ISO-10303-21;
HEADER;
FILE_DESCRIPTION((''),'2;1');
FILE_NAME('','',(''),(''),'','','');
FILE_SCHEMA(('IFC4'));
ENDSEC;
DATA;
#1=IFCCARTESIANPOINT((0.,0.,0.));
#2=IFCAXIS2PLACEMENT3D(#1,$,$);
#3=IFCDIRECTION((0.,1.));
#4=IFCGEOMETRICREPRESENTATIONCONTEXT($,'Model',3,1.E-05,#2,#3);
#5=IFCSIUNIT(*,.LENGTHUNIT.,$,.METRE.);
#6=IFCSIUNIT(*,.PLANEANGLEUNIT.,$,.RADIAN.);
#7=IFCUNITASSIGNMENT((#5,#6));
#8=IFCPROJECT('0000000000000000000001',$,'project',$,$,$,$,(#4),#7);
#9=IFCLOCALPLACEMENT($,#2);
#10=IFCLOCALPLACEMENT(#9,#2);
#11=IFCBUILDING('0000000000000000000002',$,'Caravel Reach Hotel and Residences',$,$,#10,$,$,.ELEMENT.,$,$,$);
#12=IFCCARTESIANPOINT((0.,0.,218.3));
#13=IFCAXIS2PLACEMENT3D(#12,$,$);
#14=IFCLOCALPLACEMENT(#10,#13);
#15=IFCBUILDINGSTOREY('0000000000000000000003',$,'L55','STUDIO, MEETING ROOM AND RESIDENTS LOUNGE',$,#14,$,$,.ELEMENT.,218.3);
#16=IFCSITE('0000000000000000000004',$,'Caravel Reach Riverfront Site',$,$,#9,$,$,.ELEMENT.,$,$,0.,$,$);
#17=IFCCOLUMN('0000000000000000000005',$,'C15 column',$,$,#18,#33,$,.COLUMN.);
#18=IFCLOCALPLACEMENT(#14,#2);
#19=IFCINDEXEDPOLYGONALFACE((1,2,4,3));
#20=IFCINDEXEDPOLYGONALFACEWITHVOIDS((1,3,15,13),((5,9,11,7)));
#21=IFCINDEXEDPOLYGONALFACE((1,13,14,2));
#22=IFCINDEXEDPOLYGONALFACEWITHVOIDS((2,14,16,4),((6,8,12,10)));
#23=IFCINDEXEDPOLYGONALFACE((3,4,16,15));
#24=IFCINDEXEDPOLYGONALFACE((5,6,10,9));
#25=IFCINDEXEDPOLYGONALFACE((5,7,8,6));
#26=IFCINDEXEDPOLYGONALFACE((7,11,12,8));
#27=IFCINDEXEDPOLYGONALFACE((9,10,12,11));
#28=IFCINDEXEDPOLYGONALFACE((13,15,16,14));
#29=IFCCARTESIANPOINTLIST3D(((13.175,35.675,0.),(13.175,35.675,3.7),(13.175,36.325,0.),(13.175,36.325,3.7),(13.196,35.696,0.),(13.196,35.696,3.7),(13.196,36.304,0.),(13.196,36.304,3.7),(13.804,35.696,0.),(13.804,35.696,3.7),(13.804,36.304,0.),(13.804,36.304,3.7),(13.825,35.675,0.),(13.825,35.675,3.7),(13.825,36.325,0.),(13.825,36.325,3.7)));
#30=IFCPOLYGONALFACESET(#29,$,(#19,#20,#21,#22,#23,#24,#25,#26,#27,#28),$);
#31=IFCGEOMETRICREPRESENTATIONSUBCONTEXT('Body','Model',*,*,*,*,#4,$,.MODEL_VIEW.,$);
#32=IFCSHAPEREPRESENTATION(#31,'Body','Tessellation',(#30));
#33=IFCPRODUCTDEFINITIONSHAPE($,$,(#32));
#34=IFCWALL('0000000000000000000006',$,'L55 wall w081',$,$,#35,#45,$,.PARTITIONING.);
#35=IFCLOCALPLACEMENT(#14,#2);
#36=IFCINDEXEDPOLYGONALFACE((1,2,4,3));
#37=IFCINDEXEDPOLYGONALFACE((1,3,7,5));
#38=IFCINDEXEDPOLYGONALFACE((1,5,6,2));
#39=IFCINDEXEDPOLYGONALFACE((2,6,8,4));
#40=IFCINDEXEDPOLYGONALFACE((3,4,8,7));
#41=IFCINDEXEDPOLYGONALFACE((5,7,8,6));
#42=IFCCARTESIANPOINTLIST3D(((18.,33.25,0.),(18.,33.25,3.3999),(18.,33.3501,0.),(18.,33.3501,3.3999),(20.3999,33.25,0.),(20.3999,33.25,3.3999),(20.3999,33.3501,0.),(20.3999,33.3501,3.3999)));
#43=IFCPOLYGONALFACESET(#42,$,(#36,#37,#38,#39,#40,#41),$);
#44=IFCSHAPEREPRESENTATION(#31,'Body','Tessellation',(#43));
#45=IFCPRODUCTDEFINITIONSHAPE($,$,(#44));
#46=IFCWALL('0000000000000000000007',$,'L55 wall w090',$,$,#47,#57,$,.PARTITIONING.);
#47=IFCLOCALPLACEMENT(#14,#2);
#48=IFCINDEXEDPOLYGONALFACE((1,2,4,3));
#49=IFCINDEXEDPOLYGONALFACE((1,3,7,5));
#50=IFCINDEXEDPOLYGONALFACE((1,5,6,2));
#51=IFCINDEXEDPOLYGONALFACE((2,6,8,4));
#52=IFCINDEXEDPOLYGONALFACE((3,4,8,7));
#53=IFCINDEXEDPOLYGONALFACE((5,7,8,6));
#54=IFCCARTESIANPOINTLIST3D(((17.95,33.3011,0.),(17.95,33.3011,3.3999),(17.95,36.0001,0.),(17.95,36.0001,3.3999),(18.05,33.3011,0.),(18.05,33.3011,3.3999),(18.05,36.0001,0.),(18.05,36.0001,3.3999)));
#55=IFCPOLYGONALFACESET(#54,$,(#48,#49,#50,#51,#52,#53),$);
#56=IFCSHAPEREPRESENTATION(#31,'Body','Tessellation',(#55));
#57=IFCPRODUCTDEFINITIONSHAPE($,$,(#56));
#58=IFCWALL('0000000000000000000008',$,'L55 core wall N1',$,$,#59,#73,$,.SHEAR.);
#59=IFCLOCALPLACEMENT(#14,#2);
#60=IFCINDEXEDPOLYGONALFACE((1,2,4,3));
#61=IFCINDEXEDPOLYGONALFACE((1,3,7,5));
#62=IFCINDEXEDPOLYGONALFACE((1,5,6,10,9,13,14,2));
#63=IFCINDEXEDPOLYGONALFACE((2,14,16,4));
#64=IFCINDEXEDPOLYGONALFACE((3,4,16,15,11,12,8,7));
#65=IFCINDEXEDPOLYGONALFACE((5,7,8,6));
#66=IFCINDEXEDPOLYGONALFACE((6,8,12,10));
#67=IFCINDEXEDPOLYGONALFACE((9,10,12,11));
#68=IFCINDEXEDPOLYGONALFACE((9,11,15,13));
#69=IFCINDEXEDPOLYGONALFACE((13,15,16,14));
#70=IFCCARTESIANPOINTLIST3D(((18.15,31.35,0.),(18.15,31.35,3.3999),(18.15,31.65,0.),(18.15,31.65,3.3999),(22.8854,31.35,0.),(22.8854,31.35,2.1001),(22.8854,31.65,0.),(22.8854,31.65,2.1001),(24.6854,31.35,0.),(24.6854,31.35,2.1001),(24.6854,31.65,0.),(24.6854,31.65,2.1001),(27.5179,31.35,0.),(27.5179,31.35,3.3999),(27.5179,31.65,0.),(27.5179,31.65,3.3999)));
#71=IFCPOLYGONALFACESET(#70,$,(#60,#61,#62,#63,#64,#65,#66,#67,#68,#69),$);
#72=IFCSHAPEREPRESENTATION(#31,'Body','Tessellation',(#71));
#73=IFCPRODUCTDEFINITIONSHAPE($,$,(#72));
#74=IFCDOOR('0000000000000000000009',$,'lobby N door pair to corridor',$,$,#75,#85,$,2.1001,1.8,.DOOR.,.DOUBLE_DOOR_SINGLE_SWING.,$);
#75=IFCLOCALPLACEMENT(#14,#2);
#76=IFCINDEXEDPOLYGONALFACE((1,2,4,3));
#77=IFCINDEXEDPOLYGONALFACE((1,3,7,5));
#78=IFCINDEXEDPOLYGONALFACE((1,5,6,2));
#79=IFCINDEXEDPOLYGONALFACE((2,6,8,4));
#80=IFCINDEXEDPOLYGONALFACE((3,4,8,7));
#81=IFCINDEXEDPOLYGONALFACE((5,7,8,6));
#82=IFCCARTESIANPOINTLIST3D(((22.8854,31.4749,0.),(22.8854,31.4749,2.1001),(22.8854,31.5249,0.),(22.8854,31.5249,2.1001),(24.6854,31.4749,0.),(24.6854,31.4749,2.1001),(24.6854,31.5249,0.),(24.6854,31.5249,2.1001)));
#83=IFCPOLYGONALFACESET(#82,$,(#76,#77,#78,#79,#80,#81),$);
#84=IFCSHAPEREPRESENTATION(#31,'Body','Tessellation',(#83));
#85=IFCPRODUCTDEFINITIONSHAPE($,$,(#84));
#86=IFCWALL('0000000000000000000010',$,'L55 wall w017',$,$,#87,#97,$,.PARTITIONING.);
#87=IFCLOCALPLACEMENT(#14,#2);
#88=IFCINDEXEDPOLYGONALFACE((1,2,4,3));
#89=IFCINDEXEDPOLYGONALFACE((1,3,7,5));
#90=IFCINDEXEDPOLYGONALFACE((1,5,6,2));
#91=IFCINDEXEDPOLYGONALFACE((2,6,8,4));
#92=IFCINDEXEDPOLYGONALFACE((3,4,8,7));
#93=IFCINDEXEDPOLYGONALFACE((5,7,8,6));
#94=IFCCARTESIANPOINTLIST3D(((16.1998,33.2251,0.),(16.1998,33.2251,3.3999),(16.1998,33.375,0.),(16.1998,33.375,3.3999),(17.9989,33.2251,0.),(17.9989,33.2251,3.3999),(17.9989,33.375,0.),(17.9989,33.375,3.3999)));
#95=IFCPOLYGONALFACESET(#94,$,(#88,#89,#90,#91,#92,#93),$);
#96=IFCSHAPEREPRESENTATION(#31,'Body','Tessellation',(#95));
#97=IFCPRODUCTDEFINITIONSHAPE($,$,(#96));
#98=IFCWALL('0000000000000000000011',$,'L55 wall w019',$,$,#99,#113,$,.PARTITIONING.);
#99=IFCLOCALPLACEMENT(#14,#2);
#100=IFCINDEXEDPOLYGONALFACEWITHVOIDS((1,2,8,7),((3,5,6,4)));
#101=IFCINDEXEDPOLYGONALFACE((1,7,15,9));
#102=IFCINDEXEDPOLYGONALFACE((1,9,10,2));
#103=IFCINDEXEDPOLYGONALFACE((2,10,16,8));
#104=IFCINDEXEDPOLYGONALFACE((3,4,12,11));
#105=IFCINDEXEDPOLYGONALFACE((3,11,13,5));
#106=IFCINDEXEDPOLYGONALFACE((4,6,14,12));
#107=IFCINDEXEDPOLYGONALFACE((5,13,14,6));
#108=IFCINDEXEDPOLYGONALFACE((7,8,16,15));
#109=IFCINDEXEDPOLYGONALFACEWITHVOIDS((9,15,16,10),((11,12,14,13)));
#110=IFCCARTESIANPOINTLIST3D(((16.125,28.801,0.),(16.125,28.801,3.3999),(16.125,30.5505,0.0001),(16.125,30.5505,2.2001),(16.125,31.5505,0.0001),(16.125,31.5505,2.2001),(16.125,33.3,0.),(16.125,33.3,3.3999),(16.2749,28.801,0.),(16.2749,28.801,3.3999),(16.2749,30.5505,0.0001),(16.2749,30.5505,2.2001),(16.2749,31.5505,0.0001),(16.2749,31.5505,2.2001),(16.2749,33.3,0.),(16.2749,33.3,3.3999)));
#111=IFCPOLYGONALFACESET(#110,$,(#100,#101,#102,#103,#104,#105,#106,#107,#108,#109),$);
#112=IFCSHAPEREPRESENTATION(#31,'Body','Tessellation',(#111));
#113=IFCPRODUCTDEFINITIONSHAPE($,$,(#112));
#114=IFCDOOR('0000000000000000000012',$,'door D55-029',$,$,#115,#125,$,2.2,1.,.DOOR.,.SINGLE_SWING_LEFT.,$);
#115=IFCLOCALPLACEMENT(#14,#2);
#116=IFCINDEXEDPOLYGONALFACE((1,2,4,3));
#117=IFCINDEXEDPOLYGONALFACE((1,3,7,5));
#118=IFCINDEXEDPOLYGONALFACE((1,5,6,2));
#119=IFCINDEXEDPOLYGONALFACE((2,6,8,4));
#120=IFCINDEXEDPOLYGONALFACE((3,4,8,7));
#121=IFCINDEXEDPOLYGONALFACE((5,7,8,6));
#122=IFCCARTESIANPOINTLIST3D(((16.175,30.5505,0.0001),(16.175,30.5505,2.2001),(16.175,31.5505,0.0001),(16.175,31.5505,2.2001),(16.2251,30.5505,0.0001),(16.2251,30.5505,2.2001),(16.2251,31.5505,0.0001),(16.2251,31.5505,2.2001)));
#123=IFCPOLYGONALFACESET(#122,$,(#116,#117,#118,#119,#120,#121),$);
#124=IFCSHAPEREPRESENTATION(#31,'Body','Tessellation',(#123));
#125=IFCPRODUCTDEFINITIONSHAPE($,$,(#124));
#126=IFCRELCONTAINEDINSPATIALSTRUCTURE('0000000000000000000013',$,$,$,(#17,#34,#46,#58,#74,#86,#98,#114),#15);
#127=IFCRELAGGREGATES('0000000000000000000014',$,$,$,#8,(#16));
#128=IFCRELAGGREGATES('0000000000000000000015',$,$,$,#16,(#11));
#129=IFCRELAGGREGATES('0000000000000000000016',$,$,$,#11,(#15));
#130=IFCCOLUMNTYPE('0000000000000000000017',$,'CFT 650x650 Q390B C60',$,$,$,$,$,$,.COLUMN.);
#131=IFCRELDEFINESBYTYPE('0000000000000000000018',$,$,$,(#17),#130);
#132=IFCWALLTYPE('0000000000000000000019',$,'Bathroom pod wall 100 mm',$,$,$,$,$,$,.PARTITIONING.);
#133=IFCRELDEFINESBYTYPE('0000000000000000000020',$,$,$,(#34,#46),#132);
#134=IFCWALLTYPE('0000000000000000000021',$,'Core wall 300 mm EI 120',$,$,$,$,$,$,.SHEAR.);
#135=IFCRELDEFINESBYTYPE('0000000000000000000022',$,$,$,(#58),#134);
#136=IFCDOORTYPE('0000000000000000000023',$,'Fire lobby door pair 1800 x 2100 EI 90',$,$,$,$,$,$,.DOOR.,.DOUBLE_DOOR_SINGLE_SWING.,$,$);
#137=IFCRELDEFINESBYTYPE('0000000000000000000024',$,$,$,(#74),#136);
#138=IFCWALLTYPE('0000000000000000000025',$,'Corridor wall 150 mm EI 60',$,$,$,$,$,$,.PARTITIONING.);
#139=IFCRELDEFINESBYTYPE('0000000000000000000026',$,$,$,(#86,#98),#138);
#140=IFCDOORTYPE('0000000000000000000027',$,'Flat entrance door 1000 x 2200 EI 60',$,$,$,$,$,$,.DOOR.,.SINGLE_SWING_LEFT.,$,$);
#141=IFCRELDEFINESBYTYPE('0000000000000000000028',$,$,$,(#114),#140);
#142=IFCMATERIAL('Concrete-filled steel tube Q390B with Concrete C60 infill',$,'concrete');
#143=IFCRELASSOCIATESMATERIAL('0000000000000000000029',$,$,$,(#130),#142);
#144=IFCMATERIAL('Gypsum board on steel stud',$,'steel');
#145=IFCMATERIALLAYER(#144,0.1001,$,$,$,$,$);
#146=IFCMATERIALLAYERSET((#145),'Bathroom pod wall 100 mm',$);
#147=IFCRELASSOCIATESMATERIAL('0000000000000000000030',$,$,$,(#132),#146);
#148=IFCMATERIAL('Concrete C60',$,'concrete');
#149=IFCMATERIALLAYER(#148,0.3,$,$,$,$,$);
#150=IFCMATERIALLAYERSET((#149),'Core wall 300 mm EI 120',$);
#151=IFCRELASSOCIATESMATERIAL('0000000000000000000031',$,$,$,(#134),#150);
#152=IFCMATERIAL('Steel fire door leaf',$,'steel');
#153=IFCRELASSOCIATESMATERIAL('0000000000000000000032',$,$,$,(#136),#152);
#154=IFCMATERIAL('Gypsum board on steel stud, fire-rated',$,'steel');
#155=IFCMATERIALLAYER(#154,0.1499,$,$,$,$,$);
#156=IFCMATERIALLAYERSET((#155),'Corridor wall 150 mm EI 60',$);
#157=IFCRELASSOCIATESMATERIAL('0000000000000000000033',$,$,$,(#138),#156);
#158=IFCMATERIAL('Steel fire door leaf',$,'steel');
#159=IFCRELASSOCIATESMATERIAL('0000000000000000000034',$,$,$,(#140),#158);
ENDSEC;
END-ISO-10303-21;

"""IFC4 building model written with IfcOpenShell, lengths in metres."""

from ifc_helpers import new_model, si_unit, direction, frame, frame_2d, origin, origin_2d, place, context, subcontext, project, spatial, rectangle, hollow_rectangle, extrude, material, layer, layer_set, material_profile, profile_set, type_object, element, fill, save


model = new_model("IFC4")

# Units and contexts
model_context = context("Model", 3, precision=1e-05, world=origin(), true_north=direction((0.0, 1.0)))
body_context = subcontext(model_context, "Body", "Model", "MODEL_VIEW")
ifc_project = project(units=[si_unit("LENGTHUNIT", "METRE"), si_unit("PLANEANGLEUNIT", "RADIAN")], contexts=[model_context])

# Site, building, storey
site_placement = place(None, origin())
site = spatial("IfcSite", under=ifc_project, at=site_placement, Name="Caravel Reach Riverfront Site", CompositionType="ELEMENT", RefElevation=0.0)
building_placement = place(site_placement, origin())
building = spatial("IfcBuilding", under=site, at=building_placement, Name="Caravel Reach Hotel and Residences", CompositionType="ELEMENT")
storey_placement = place(building_placement, frame((0.0, 0.0, 218.3)))
storey = spatial("IfcBuildingStorey", under=building, at=storey_placement, Name="L55", Description="STUDIO, MEETING ROOM AND RESIDENTS LOUNGE", CompositionType="ELEMENT", Elevation=218.3)

# Column
ifc_material_1 = material(Name="Concrete-filled steel tube Q390B with Concrete C60 infill", Category="concrete")
ifc_material_profile = material_profile(ifc_material_1, hollow_rectangle(XDim=0.6499, YDim=0.6499, WallThickness=0.021, at=origin_2d()), Name="RHS 650x650x21")
ifc_profile_set = profile_set([ifc_material_profile], Name="Concrete-filled steel tube Q390B with Concrete C60 infill")
column_type = type_object("IfcColumnType", Name="CFT 650x650 Q390B C60", PredefinedType="COLUMN", material=ifc_profile_set)
column_placement = place(storey_placement, frame((13.5, 36.0, 0.0), z_axis=(0.0, 0.0, 1.0), x_axis=(1.0, 0.0, 0.0)))
element("IfcColumn", 1, at=column_placement, inside=storey, type_object=column_type, Name="C15 column", PredefinedType="COLUMN", context=body_context, shape_type="SweptSolid", body=[
    extrude(hollow_rectangle(XDim=0.6499, YDim=0.6499, WallThickness=0.021, at=origin_2d()), origin(), (0.0, 0.0, 1.0), 3.7),
])

# Walls
ifc_material_2 = material(Name="Gypsum board on steel stud", Category="steel")
ifc_layer_1 = layer(ifc_material_2, 0.1001)
ifc_layer_set_1 = layer_set([ifc_layer_1], Name="Bathroom pod wall 100 mm")
wall_type_1 = type_object("IfcWallType", Name="Bathroom pod wall 100 mm", PredefinedType="PARTITIONING", material=ifc_layer_set_1)
wall_1_placement = place(storey_placement, frame((18.0, 33.3, 0.0), z_axis=(0.0, 0.0, 1.0), x_axis=(1.0, 0.0, 0.0)))
element("IfcWall", 2, at=wall_1_placement, inside=storey, type_object=wall_type_1, Name="L55 wall w081", PredefinedType="PARTITIONING", context=body_context, shape_type="SweptSolid", body=[
    extrude(rectangle(XDim=2.3999, YDim=0.1001, at=frame_2d((1.2, 0.0))), origin(), (0.0, 0.0, 1.0), 3.3999),
])
wall_2_placement = place(storey_placement, frame((18.0, 33.301, 0.0), z_axis=(0.0, 0.0, 1.0), x_axis=(0.0, 1.0, 0.0)))
element("IfcWall", 3, at=wall_2_placement, inside=storey, type_object=wall_type_1, Name="L55 wall w090", PredefinedType="PARTITIONING", context=body_context, shape_type="SweptSolid", body=[
    extrude(rectangle(XDim=2.699, YDim=0.1001, at=frame_2d((1.3496, 0.0))), origin(), (0.0, 0.0, 1.0), 3.3999),
])

# Wall, opening, door
ifc_material_3 = material(Name="Concrete C60", Category="concrete")
ifc_layer_2 = layer(ifc_material_3, 0.3)
ifc_layer_set_2 = layer_set([ifc_layer_2], Name="Core wall 300 mm EI 120")
wall_type_2 = type_object("IfcWallType", Name="Core wall 300 mm EI 120", PredefinedType="SHEAR", material=ifc_layer_set_2)
wall_3_placement = place(storey_placement, frame((18.1499, 31.5, 0.0), z_axis=(0.0, 0.0, 1.0), x_axis=(1.0, 0.0, 0.0)))
wall_3 = element("IfcWall", 4, at=wall_3_placement, inside=storey, type_object=wall_type_2, Name="L55 core wall N1", PredefinedType="SHEAR", context=body_context, shape_type="SweptSolid", body=[
    extrude(rectangle(XDim=9.3679, YDim=0.3, at=frame_2d((4.6841, 0.0))), origin(), (0.0, 0.0, 1.0), 3.3999),
])
opening_1_placement = place(wall_3_placement, frame((4.7356, 0.0, 0.0)))
opening_1 = element("IfcOpeningElement", 5, at=opening_1_placement, cuts=wall_3, PredefinedType="OPENING", context=body_context, shape_type="SweptSolid", body=[
    extrude(rectangle(XDim=1.8, YDim=2.1001, at=frame_2d((0.8999, 1.05))), frame((0.0, 0.1599, 0.0), z_axis=(0.0, -1.0, 0.0), x_axis=(1.0, 0.0, 0.0)), (0.0, 0.0, 1.0), 0.3201),
])
ifc_material_4 = material(Name="Steel fire door leaf", Category="steel")
door_type_1 = type_object("IfcDoorType", Name="Fire lobby door pair 1800 x 2100 EI 90", OperationType="DOUBLE_DOOR_SINGLE_SWING", PredefinedType="DOOR", material=ifc_material_4)
door_1_placement = place(opening_1_placement, origin())
door_1 = element("IfcDoor", 6, at=door_1_placement, inside=storey, type_object=door_type_1, Name="lobby N door pair to corridor", OperationType="DOUBLE_DOOR_SINGLE_SWING", OverallHeight=2.1001, OverallWidth=1.8, PredefinedType="DOOR", context=body_context, shape_type="SweptSolid", body=[
    extrude(rectangle(XDim=1.8, YDim=2.1001, at=frame_2d((0.8999, 1.05))), frame((0.0, 0.0249, 0.0), z_axis=(0.0, -1.0, 0.0), x_axis=(1.0, 0.0, 0.0)), (0.0, 0.0, 1.0), 0.05),
])
fill(opening_1, door_1)

# Wall
ifc_material_5 = material(Name="Gypsum board on steel stud, fire-rated", Category="steel")
ifc_layer_3 = layer(ifc_material_5, 0.1499)
ifc_layer_set_3 = layer_set([ifc_layer_3], Name="Corridor wall 150 mm EI 60")
wall_type_3 = type_object("IfcWallType", Name="Corridor wall 150 mm EI 60", PredefinedType="PARTITIONING", material=ifc_layer_set_3)
wall_4_placement = place(storey_placement, frame((16.2, 33.3, 0.0), z_axis=(0.0, 0.0, 1.0), x_axis=(1.0, 0.0, 0.0)))
element("IfcWall", 7, at=wall_4_placement, inside=storey, type_object=wall_type_3, Name="L55 wall w017", PredefinedType="PARTITIONING", context=body_context, shape_type="SweptSolid", body=[
    extrude(rectangle(XDim=1.7991, YDim=0.1499, at=frame_2d((0.8994, 0.0))), origin(), (0.0, 0.0, 1.0), 3.3999),
])

# Wall, opening, door
wall_5_placement = place(storey_placement, frame((16.2, 28.801, 0.0), z_axis=(0.0, 0.0, 1.0), x_axis=(0.0, 1.0, 0.0)))
wall_5 = element("IfcWall", 8, at=wall_5_placement, inside=storey, type_object=wall_type_3, Name="L55 wall w019", PredefinedType="PARTITIONING", context=body_context, shape_type="SweptSolid", body=[
    extrude(rectangle(XDim=4.499, YDim=0.1499, at=frame_2d((2.2495, 0.0))), origin(), (0.0, 0.0, 1.0), 3.3999),
])
opening_2_placement = place(wall_5_placement, frame((1.7495, 0.0, 0.0)))
opening_2 = element("IfcOpeningElement", 9, at=opening_2_placement, cuts=wall_5, PredefinedType="OPENING", context=body_context, shape_type="SweptSolid", body=[
    extrude(rectangle(XDim=1.0, YDim=2.2, at=frame_2d((0.5, 1.1001))), frame((0.0, 0.085, 0.0), z_axis=(0.0, -1.0, 0.0), x_axis=(1.0, 0.0, 0.0)), (0.0, 0.0, 1.0), 0.1699),
])
ifc_material_6 = material(Name="Steel fire door leaf", Category="steel")
door_type_2 = type_object("IfcDoorType", Name="Flat entrance door 1000 x 2200 EI 60", OperationType="SINGLE_SWING_LEFT", PredefinedType="DOOR", material=ifc_material_6)
door_2_placement = place(opening_2_placement, origin())
door_2 = element("IfcDoor", 10, at=door_2_placement, inside=storey, type_object=door_type_2, Name="door D55-029", OperationType="SINGLE_SWING_LEFT", OverallHeight=2.2, OverallWidth=1.0, PredefinedType="DOOR", context=body_context, shape_type="SweptSolid", body=[
    extrude(rectangle(XDim=1.0, YDim=2.2, at=frame_2d((0.5, 1.1001))), frame((0.0, 0.0249, 0.0), z_axis=(0.0, -1.0, 0.0), x_axis=(1.0, 0.0, 0.0)), (0.0, 0.0, 1.0), 0.05),
])
fill(opening_2, door_2)

save(model, "model.ifc")
